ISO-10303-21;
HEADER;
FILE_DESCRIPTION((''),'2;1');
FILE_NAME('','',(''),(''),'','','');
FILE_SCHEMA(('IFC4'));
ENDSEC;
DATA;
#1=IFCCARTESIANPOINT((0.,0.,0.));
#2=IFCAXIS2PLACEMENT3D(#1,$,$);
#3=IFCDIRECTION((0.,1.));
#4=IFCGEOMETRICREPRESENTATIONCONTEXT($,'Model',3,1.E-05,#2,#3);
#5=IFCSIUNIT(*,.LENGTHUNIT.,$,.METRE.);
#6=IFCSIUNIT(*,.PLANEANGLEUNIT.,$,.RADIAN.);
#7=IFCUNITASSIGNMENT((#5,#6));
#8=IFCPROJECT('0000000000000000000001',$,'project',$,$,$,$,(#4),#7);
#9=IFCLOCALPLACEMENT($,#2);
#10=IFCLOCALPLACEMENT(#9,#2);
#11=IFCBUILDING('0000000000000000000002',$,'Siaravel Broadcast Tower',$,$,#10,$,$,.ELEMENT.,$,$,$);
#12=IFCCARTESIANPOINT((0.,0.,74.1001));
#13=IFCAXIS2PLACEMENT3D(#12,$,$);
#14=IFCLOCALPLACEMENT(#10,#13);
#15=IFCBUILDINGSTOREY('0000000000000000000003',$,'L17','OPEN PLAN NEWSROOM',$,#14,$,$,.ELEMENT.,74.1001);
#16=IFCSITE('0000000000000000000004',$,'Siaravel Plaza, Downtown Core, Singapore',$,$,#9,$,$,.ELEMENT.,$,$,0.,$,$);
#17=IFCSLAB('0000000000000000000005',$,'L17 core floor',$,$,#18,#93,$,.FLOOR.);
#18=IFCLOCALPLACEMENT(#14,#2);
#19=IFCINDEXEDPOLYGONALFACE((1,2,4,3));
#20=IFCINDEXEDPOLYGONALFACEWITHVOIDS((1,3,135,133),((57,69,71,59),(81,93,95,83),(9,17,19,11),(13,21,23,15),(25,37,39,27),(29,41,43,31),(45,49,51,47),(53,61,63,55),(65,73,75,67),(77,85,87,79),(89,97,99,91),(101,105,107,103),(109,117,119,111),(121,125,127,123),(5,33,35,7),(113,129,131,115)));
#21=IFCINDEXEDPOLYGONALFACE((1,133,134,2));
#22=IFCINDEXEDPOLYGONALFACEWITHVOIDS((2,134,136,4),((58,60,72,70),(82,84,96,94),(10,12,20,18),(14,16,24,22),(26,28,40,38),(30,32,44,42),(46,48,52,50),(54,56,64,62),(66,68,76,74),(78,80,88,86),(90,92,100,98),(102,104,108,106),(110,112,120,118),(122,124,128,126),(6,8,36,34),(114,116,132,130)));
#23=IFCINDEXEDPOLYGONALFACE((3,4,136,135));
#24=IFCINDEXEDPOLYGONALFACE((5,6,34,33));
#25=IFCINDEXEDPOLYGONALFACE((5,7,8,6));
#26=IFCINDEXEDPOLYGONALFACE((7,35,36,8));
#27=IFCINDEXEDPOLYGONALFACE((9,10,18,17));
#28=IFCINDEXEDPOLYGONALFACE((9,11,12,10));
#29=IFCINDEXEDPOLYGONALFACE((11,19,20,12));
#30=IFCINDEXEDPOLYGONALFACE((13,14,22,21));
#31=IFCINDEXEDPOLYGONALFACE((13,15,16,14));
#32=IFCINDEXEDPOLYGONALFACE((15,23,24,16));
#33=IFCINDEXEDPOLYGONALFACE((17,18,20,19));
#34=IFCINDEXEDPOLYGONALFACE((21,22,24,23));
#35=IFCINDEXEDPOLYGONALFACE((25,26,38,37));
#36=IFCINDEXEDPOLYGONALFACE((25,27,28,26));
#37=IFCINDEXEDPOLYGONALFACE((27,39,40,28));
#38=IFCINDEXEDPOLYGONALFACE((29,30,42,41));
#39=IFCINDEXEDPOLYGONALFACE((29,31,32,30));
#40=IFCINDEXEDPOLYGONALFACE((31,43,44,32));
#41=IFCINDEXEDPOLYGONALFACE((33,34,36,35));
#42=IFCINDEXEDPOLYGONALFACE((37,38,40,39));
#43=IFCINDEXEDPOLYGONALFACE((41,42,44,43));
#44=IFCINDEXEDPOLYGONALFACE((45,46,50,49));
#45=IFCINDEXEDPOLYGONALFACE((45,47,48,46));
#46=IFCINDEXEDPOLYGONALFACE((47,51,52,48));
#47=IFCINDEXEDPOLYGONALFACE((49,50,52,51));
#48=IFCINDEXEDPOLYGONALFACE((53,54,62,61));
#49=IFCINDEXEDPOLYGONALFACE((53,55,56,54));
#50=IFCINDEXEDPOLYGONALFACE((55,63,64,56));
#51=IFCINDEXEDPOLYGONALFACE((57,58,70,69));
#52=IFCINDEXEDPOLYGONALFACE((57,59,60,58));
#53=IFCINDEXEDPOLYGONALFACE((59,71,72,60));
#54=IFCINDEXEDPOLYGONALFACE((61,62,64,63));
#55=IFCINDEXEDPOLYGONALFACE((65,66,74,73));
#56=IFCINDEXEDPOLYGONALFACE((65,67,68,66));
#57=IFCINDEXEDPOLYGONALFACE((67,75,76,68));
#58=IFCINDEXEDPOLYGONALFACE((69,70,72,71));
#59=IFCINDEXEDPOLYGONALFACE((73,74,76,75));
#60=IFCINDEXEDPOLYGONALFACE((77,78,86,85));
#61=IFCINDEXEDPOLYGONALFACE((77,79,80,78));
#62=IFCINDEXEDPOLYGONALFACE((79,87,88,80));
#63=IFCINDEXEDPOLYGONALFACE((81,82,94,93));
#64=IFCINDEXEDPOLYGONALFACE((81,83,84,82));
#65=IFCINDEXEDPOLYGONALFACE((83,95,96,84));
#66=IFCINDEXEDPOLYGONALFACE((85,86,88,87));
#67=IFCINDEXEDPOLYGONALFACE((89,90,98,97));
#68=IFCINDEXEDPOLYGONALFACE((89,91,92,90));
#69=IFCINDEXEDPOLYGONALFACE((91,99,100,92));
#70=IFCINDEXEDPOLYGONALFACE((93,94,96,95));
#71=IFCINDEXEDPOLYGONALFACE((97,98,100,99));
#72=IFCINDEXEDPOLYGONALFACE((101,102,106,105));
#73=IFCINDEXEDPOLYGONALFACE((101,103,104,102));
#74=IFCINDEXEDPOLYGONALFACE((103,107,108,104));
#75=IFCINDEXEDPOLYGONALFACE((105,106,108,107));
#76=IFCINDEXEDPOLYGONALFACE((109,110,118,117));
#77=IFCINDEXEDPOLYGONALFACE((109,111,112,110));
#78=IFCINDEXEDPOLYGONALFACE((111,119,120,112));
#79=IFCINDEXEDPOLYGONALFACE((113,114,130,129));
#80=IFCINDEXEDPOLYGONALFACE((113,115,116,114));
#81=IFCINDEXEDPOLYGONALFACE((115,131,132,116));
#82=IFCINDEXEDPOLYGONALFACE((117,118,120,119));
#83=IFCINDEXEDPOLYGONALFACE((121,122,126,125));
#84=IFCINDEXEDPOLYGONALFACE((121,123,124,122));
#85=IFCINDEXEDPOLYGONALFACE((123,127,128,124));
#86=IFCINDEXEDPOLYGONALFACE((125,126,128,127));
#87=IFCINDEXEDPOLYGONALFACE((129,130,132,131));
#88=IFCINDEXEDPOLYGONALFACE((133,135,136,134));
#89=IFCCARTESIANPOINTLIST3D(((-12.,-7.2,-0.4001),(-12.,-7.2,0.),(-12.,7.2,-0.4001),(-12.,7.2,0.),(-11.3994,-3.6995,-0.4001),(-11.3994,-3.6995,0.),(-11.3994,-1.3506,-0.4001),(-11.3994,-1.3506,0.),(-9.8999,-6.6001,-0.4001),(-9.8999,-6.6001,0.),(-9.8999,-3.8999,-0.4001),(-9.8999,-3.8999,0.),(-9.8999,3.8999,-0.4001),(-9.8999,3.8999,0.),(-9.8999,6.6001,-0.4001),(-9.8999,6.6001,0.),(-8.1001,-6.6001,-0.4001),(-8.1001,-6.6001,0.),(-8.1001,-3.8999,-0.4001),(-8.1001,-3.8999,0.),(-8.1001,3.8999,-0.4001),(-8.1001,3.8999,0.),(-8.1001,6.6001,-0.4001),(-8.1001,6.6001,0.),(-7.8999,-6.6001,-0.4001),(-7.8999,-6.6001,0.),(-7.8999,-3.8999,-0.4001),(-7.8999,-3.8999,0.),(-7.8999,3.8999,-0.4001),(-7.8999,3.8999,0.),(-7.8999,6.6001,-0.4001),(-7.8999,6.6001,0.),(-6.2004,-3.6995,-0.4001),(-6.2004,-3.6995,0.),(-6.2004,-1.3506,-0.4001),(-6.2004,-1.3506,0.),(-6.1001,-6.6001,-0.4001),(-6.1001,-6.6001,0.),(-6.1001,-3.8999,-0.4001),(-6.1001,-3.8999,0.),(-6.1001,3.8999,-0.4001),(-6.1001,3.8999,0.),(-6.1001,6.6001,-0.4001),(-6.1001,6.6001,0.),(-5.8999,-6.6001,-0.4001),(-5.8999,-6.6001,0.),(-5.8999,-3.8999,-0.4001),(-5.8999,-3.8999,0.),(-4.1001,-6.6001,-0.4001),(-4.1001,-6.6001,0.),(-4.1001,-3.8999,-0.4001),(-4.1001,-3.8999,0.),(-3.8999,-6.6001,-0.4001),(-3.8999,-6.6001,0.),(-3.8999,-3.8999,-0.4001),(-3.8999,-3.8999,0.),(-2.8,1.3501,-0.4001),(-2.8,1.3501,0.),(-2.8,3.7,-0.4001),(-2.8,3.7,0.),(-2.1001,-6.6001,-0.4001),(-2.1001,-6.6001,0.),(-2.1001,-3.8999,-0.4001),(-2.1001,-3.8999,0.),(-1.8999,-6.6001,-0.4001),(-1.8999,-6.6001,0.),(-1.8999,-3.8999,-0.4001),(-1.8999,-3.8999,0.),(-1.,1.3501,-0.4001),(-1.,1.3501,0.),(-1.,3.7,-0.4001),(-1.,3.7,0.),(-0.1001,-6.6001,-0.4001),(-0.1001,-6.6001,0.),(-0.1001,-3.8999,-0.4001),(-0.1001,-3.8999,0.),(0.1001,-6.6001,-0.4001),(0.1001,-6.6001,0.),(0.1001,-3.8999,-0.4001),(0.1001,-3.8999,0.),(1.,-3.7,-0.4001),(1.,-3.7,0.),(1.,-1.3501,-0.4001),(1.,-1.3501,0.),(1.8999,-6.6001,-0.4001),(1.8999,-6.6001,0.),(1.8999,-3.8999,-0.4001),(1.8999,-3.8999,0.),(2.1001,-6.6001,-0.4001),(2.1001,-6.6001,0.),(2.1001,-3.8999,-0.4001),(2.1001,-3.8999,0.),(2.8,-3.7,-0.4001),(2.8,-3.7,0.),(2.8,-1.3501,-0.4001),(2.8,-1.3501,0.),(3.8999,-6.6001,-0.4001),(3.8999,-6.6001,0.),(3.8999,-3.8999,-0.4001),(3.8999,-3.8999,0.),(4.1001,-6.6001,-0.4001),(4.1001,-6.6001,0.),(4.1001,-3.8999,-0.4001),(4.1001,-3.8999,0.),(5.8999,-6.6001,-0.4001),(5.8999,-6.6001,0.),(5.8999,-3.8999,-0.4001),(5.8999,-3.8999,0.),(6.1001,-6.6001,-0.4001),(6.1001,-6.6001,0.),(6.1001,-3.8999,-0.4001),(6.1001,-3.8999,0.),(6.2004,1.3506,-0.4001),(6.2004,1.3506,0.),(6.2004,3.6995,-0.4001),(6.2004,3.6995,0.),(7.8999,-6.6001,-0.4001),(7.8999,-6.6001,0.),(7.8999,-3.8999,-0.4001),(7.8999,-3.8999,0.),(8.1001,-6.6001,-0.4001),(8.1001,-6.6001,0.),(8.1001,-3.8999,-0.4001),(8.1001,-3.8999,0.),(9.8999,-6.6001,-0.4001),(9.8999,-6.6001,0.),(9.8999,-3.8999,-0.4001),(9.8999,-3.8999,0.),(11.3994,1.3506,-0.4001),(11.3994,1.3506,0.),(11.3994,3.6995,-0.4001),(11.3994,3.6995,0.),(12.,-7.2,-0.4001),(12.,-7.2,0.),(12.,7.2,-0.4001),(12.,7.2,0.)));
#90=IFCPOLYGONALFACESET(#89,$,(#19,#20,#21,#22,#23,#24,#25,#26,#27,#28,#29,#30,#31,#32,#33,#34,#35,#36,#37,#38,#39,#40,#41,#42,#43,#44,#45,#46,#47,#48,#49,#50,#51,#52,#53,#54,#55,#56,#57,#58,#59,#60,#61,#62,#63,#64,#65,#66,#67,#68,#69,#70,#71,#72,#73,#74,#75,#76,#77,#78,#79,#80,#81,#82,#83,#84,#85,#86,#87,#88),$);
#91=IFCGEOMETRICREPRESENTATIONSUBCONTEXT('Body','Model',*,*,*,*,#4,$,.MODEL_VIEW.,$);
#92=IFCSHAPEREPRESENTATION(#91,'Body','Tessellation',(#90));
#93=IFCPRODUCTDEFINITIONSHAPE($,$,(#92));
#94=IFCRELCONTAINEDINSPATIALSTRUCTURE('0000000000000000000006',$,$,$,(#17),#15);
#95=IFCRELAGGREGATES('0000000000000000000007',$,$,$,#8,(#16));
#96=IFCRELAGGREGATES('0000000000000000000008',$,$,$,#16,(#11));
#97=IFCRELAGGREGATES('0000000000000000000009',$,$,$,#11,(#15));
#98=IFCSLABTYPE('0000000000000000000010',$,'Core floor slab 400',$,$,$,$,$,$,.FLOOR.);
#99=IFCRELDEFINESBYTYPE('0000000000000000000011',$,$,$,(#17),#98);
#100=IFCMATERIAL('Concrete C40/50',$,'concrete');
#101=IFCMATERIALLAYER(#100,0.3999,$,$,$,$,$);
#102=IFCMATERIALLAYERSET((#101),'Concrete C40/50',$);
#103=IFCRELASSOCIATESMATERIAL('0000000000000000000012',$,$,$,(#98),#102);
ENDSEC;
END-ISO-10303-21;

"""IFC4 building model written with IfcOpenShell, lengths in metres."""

from ifc_helpers import new_model, si_unit, direction, frame, origin, place, context, subcontext, project, spatial, polyline, outline, extrude, material, layer, layer_set, type_object, element, save


model = new_model("IFC4")

# Units and contexts
model_context = context("Model", 3, precision=1e-05, world=origin(), true_north=direction((0.0, 1.0)))
body_context = subcontext(model_context, "Body", "Model", "MODEL_VIEW")
ifc_project = project(units=[si_unit("LENGTHUNIT", "METRE"), si_unit("PLANEANGLEUNIT", "RADIAN")], contexts=[model_context])

# Site, building, storey
site_placement = place(None, origin())
site = spatial("IfcSite", under=ifc_project, at=site_placement, Name="Siaravel Plaza, Downtown Core, Singapore", CompositionType="ELEMENT", RefElevation=0.0)
building_placement = place(site_placement, origin())
building = spatial("IfcBuilding", under=site, at=building_placement, Name="Siaravel Broadcast Tower", CompositionType="ELEMENT")
storey_placement = place(building_placement, frame((0.0, 0.0, 74.1001)))
storey = spatial("IfcBuildingStorey", under=building, at=storey_placement, Name="L17", Description="OPEN PLAN NEWSROOM", CompositionType="ELEMENT", Elevation=74.1001)

# Slab
ifc_material_1 = material(Name="Concrete C40/50", Category="concrete")
ifc_layer_1 = layer(ifc_material_1, 0.3999)
ifc_layer_set_1 = layer_set([ifc_layer_1], Name="Concrete C40/50")
slab_type_1 = type_object("IfcSlabType", Name="Core floor slab 400", PredefinedType="FLOOR", material=ifc_layer_set_1)
slab_1_placement = place(storey_placement, frame((0.0, 0.0, -0.4001)))
element("IfcSlab", 1, at=slab_1_placement, inside=storey, type_object=slab_type_1, Name="L17 core floor", PredefinedType="FLOOR", context=body_context, shape_type="SweptSolid", body=[
    extrude(outline(polyline([(-12.0, -7.2), (-12.0, 7.2), (12.0, 7.2), (12.0, -7.2), (-12.0, -7.2)]), holes=[polyline([(11.3994, 1.3506), (11.3994, 3.6995), (6.2004, 3.6995), (6.2004, 1.3506), (11.3994, 1.3506)]), polyline([(9.8999, -3.8999), (8.1001, -3.8999), (8.1001, -6.6001), (9.8999, -6.6001), (9.8999, -3.8999)]), polyline([(7.8999, -3.8999), (6.1001, -3.8999), (6.1001, -6.6001), (7.8999, -6.6001), (7.8999, -3.8999)]), polyline([(5.8999, -3.8999), (4.1001, -3.8999), (4.1001, -6.6001), (5.8999, -6.6001), (5.8999, -3.8999)]), polyline([(3.8999, -3.8999), (2.1001, -3.8999), (2.1001, -6.6001), (3.8999, -6.6001), (3.8999, -3.8999)]), polyline([(2.8, -1.3501), (1.0, -1.3501), (1.0, -3.7), (2.8, -3.7), (2.8, -1.3501)]), polyline([(1.8999, -3.8999), (0.1001, -3.8999), (0.1001, -6.6001), (1.8999, -6.6001), (1.8999, -3.8999)]), polyline([(-0.1001, -3.8999), (-1.8999, -3.8999), (-1.8999, -6.6001), (-0.1001, -6.6001), (-0.1001, -3.8999)]), polyline([(-1.0, 3.7), (-2.8, 3.7), (-2.8, 1.3501), (-1.0, 1.3501), (-1.0, 3.7)]), polyline([(-2.1001, -3.8999), (-3.8999, -3.8999), (-3.8999, -6.6001), (-2.1001, -6.6001), (-2.1001, -3.8999)]), polyline([(-4.1001, -3.8999), (-5.8999, -3.8999), (-5.8999, -6.6001), (-4.1001, -6.6001), (-4.1001, -3.8999)]), polyline([(-6.1001, -3.8999), (-7.8999, -3.8999), (-7.8999, -6.6001), (-6.1001, -6.6001), (-6.1001, -3.8999)]), polyline([(-6.1001, 6.6001), (-7.8999, 6.6001), (-7.8999, 3.8999), (-6.1001, 3.8999), (-6.1001, 6.6001)]), polyline([(-11.3994, -1.3506), (-11.3994, -3.6995), (-6.2004, -3.6995), (-6.2004, -1.3506), (-11.3994, -1.3506)]), polyline([(-8.1001, -3.8999), (-9.8999, -3.8999), (-9.8999, -6.6001), (-8.1001, -6.6001), (-8.1001, -3.8999)]), polyline([(-8.1001, 6.6001), (-9.8999, 6.6001), (-9.8999, 3.8999), (-8.1001, 3.8999), (-8.1001, 6.6001)])]), origin(), (0.0, 0.0, 1.0), 0.4001),
])

save(model, "model.ifc")
